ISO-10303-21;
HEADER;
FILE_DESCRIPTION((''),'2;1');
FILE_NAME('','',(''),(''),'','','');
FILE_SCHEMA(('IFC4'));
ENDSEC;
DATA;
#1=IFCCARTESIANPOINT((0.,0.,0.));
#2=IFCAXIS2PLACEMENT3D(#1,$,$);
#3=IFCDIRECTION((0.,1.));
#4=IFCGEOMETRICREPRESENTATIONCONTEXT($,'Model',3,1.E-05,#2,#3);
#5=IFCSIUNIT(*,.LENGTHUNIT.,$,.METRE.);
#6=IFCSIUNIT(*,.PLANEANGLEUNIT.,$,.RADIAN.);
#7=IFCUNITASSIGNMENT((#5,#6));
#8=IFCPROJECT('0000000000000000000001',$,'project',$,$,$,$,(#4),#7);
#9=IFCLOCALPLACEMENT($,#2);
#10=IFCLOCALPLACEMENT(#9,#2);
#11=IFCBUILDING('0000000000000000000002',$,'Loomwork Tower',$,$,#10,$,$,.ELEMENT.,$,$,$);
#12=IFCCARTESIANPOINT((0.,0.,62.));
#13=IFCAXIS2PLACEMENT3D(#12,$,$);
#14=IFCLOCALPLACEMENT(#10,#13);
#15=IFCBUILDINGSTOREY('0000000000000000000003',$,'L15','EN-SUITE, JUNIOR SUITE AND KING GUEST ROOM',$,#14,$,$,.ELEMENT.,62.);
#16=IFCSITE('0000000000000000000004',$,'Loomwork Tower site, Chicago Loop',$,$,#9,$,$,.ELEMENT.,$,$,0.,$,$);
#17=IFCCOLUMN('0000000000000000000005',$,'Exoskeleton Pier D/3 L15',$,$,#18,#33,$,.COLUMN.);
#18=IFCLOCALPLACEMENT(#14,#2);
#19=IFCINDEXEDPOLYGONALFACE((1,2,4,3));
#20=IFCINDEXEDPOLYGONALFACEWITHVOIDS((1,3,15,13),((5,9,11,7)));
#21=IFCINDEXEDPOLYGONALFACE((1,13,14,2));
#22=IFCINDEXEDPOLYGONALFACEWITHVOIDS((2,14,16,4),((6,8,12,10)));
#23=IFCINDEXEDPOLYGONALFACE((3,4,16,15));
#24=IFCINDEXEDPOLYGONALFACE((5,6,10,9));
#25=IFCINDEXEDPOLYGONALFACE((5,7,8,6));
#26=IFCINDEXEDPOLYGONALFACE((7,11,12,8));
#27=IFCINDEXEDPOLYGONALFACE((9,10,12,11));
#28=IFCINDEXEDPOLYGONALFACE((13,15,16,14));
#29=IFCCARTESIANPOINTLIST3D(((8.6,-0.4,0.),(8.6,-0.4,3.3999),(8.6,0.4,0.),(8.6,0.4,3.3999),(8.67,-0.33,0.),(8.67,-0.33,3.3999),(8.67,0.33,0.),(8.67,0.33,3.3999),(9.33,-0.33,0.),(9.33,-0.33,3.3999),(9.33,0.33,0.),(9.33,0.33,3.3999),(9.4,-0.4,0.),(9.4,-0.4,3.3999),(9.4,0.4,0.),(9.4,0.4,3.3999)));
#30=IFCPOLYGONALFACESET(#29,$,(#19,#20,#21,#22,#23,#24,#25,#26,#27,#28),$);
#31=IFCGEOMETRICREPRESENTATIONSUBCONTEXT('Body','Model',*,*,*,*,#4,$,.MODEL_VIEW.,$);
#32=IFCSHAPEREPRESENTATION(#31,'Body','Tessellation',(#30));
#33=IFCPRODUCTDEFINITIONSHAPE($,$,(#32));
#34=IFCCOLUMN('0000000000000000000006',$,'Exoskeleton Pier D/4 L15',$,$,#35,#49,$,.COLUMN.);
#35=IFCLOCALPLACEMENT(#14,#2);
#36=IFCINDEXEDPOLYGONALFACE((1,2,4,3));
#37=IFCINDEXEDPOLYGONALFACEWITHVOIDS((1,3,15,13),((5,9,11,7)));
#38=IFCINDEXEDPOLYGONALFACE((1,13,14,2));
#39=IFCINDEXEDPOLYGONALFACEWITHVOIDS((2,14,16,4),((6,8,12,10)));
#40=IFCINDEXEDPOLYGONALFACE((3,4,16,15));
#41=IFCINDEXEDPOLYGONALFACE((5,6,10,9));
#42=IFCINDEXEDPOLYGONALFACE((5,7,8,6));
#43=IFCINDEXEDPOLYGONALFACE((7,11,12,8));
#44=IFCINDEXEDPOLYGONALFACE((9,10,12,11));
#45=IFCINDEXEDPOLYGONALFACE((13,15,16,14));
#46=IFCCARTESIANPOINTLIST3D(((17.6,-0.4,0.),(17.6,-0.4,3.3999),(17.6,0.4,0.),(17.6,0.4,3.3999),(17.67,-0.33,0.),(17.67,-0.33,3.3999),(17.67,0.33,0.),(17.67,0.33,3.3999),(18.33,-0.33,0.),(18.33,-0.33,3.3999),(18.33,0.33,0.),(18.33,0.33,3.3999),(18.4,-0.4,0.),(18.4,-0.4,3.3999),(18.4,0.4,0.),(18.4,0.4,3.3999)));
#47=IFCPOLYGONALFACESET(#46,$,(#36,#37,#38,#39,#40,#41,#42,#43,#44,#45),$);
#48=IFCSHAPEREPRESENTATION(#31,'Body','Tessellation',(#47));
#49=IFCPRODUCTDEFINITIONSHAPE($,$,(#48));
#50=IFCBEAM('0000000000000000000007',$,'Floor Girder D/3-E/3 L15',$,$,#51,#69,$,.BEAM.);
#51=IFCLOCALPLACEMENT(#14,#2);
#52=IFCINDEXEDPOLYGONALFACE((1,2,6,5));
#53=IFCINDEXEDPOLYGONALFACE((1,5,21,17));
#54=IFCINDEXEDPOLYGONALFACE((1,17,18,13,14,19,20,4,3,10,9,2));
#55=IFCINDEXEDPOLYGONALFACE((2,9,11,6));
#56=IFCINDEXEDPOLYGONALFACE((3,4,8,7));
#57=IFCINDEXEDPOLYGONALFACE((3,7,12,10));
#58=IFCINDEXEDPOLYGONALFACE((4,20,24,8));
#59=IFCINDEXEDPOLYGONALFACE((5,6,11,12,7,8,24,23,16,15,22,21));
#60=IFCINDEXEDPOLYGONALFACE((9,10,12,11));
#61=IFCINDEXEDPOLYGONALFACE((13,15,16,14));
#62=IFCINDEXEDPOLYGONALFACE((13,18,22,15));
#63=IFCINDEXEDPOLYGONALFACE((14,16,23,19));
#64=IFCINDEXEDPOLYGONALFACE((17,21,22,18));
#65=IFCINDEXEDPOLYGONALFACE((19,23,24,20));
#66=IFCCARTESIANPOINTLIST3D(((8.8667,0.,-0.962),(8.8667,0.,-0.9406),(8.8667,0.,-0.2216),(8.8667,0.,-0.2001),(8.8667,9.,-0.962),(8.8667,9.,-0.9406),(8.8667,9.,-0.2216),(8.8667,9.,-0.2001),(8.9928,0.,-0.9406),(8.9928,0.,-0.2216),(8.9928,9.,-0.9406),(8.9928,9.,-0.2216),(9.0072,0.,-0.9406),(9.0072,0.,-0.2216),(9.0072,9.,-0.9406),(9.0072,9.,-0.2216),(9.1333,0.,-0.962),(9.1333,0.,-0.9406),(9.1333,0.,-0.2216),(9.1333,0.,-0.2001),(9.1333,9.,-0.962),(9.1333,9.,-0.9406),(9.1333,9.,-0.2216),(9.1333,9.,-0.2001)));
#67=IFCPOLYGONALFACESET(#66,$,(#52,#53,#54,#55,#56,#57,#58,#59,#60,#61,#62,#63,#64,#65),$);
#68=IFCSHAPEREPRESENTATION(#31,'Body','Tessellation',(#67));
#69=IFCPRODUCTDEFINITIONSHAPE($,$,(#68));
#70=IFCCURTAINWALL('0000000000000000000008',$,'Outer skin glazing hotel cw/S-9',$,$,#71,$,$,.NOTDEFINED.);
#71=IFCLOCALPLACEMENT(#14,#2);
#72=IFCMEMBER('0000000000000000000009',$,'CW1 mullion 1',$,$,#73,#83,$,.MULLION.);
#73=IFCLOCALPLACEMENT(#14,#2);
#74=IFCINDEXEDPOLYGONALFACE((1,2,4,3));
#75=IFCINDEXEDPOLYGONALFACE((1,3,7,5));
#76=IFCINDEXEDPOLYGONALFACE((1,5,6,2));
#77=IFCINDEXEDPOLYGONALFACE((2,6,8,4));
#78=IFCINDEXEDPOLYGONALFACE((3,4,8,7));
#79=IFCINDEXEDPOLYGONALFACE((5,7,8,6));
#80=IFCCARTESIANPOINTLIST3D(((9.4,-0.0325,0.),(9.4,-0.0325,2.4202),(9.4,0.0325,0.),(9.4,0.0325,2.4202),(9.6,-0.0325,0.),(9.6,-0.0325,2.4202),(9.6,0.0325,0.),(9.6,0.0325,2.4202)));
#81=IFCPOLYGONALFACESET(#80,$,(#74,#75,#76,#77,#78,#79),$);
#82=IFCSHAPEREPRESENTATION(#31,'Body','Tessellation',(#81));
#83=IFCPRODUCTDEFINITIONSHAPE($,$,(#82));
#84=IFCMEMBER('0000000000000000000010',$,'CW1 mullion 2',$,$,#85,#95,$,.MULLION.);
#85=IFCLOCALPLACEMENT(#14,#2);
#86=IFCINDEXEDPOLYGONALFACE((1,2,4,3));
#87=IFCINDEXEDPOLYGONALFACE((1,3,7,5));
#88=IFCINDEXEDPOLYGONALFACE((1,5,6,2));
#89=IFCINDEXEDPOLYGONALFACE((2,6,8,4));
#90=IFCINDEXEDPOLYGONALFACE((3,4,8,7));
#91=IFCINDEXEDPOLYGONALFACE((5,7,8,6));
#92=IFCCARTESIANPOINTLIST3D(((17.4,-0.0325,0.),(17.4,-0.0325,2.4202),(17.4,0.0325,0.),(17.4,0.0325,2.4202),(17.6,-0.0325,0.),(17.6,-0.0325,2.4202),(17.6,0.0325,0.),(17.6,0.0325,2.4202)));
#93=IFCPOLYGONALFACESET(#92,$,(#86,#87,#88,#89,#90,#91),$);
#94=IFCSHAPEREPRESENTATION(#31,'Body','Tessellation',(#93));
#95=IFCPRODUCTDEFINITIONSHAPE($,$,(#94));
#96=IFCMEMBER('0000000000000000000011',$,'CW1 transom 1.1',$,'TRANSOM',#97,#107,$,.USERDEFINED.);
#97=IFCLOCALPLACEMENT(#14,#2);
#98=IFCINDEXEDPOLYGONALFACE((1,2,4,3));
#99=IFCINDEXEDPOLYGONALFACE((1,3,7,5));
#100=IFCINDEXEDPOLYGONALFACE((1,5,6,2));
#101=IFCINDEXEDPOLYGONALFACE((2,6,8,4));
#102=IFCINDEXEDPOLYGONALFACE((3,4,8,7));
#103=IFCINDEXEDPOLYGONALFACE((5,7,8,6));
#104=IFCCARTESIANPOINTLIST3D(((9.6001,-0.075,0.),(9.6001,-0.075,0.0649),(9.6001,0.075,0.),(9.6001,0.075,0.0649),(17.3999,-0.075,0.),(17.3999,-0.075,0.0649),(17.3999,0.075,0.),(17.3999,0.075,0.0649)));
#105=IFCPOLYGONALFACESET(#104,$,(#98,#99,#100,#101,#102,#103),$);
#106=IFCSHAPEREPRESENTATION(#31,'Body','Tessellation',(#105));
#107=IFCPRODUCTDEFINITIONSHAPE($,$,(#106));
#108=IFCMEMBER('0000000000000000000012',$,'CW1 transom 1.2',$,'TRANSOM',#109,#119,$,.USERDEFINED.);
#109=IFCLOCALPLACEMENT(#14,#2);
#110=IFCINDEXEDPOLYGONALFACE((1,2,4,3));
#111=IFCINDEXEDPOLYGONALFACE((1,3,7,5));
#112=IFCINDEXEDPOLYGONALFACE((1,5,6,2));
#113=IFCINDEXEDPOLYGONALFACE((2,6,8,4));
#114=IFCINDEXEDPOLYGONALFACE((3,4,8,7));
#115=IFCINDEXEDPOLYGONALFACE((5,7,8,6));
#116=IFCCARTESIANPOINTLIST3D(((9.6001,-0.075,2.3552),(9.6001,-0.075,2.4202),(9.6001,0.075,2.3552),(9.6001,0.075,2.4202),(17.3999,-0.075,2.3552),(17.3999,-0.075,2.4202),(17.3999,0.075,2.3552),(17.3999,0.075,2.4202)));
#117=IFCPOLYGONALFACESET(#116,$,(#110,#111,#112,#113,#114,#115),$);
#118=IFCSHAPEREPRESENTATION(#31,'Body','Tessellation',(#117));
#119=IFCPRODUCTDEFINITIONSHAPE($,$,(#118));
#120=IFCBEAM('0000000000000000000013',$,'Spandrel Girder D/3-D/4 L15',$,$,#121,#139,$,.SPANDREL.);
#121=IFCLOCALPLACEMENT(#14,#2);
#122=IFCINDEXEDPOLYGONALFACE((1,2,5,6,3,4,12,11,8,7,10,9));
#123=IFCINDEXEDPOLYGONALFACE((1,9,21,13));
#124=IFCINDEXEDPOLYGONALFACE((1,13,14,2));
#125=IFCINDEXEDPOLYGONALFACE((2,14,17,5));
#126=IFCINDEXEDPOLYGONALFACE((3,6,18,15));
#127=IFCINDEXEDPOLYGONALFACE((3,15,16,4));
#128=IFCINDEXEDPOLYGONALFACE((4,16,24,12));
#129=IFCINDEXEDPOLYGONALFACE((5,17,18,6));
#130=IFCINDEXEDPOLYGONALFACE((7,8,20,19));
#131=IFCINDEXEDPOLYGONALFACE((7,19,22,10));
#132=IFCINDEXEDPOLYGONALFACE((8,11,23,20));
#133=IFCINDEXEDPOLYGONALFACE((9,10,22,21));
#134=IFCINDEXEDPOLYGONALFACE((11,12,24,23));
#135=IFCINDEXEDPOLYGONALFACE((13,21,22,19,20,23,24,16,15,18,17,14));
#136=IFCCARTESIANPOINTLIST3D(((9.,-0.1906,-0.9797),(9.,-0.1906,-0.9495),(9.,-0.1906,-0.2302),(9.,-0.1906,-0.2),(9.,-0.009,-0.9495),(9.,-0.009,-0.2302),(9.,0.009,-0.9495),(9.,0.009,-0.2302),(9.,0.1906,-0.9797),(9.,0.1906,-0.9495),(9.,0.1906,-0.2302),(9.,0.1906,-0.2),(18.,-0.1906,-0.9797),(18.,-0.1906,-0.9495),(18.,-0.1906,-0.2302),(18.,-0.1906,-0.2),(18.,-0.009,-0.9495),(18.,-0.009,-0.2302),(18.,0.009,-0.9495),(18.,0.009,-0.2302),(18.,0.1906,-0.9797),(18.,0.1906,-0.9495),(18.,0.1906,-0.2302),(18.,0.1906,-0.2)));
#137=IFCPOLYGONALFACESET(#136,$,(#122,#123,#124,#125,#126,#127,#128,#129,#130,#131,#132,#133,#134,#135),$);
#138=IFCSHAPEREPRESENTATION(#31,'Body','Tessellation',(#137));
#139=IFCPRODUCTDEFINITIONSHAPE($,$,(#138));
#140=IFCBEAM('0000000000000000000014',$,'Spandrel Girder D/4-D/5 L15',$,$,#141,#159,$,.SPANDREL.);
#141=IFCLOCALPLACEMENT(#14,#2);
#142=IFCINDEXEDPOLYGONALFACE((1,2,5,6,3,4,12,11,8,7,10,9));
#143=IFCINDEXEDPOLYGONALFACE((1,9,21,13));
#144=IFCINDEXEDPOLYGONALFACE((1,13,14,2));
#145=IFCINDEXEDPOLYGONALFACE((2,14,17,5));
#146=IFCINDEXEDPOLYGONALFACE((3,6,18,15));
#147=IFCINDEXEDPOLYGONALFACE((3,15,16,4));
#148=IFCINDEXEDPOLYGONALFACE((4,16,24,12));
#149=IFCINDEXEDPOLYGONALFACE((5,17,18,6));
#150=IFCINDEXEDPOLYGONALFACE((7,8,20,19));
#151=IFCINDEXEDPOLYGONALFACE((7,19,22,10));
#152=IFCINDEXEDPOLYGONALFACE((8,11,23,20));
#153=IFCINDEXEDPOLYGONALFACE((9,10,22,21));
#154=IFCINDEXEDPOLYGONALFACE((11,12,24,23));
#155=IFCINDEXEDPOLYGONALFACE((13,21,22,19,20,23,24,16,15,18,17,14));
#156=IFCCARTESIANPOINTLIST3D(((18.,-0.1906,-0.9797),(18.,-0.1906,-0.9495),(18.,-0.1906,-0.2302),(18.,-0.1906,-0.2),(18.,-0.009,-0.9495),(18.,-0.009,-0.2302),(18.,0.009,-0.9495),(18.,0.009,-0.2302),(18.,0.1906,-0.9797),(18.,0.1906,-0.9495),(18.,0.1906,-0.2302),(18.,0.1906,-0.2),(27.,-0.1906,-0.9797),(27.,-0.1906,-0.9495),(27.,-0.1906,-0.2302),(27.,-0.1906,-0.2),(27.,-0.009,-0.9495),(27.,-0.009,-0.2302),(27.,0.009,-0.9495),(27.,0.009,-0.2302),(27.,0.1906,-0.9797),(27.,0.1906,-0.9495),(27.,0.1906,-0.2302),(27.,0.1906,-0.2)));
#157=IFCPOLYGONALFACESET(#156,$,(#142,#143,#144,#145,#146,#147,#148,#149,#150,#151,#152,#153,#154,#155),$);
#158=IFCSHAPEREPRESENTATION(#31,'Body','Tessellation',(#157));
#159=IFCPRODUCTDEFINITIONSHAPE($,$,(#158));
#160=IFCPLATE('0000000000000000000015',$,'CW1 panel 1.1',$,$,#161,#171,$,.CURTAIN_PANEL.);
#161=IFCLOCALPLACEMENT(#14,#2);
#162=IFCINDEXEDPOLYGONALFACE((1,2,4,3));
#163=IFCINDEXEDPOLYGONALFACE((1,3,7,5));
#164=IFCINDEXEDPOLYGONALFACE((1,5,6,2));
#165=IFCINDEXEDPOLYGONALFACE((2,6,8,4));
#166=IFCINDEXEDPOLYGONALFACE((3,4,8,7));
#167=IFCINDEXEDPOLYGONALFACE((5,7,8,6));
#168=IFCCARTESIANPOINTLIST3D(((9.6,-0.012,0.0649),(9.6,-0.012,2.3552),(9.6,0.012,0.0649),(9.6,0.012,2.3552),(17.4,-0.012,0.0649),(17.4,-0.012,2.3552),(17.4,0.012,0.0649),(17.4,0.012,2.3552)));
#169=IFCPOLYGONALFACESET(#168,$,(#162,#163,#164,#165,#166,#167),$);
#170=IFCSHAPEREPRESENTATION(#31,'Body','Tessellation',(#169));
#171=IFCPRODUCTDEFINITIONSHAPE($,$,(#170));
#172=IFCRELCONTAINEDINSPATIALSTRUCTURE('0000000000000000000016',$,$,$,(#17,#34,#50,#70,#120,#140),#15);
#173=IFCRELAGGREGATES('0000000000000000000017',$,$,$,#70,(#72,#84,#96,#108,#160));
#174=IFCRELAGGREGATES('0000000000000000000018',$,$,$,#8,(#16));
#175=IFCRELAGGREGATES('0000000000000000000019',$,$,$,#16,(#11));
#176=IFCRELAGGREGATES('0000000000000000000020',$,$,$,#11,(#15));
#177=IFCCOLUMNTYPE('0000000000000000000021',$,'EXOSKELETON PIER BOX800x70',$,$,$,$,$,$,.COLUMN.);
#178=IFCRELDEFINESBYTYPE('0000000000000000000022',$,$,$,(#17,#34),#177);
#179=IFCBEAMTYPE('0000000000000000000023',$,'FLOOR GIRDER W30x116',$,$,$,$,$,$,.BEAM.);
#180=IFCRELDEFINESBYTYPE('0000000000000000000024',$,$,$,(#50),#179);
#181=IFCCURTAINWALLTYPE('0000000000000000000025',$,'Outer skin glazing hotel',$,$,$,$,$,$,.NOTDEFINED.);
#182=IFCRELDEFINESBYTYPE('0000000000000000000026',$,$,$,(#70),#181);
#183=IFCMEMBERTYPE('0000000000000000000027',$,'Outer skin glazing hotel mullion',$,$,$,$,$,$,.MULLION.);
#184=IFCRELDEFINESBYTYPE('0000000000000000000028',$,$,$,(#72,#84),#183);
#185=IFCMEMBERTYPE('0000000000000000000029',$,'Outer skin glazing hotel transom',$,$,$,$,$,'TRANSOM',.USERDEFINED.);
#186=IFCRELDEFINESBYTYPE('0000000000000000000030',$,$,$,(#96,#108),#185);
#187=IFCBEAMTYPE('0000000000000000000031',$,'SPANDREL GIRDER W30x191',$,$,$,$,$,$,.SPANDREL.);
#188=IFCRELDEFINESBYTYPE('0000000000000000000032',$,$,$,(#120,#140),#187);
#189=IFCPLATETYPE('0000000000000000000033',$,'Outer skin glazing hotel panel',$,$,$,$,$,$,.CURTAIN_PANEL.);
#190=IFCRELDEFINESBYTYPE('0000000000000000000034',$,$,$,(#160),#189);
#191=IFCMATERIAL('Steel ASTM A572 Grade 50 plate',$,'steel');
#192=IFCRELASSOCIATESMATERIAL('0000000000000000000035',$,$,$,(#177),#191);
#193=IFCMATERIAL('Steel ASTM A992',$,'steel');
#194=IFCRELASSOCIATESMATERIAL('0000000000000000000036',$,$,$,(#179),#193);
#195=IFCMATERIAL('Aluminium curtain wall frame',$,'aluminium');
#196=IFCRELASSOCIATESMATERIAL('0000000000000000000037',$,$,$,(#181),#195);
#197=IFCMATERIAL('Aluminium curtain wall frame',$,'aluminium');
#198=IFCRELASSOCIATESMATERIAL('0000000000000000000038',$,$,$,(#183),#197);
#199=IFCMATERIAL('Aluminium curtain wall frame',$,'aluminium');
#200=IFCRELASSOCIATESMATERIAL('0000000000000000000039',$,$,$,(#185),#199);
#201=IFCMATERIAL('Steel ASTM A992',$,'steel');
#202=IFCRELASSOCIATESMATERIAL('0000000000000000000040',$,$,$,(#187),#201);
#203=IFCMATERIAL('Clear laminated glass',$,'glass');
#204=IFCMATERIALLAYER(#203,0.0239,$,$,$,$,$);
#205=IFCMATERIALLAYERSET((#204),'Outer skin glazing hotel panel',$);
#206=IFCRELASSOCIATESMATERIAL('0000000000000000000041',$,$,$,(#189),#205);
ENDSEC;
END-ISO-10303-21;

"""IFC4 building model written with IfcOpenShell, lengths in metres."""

from ifc_helpers import new_model, si_unit, direction, frame, origin, origin_2d, place, context, subcontext, project, spatial, rectangle, hollow_rectangle, i_section, extrude, material, layer, layer_set, material_profile, profile_set, type_object, element, aggregate, save


model = new_model("IFC4")

# Units and contexts
model_context = context("Model", 3, precision=1e-05, world=origin(), true_north=direction((0.0, 1.0)))
body_context = subcontext(model_context, "Body", "Model", "MODEL_VIEW")
ifc_project = project(units=[si_unit("LENGTHUNIT", "METRE"), si_unit("PLANEANGLEUNIT", "RADIAN")], contexts=[model_context])

# Site, building, storey
site_placement = place(None, origin())
site = spatial("IfcSite", under=ifc_project, at=site_placement, Name="Loomwork Tower site, Chicago Loop", CompositionType="ELEMENT", RefElevation=0.0)
building_placement = place(site_placement, origin())
building = spatial("IfcBuilding", under=site, at=building_placement, Name="Loomwork Tower", CompositionType="ELEMENT")
storey_placement = place(building_placement, frame((0.0, 0.0, 62.0)))
storey = spatial("IfcBuildingStorey", under=building, at=storey_placement, Name="L15", Description="EN-SUITE, JUNIOR SUITE AND KING GUEST ROOM", CompositionType="ELEMENT", Elevation=62.0)

# Columns
ifc_material_1 = material(Name="Steel ASTM A572 Grade 50 plate", Category="steel")
ifc_material_profile_1 = material_profile(ifc_material_1, hollow_rectangle(XDim=0.8, YDim=0.8, WallThickness=0.0701, at=origin_2d()), Name="BOX800x70")
ifc_profile_set_1 = profile_set([ifc_material_profile_1], Name="Steel ASTM A572 Grade 50 plate")
column_type = type_object("IfcColumnType", Name="EXOSKELETON PIER BOX800x70", PredefinedType="COLUMN", material=ifc_profile_set_1)
for number, where, z_axis, x_axis, name in (
    (1, (9.0, 0.0, 0.0), (0.0, 0.0, 1.0), (1.0, 0.0, 0.0), "Exoskeleton Pier D/3 L15"),
    (2, (18.0, 0.0, 0.0), (0.0, 0.0, 1.0), (1.0, 0.0, 0.0), "Exoskeleton Pier D/4 L15"),
):
    element("IfcColumn", number, at=place(storey_placement, frame(where, z_axis=z_axis, x_axis=x_axis)), inside=storey, type_object=column_type, Name=name, PredefinedType="COLUMN", context=body_context, shape_type="SweptSolid", body=[
        extrude(hollow_rectangle(XDim=0.8, YDim=0.8, WallThickness=0.0701, at=origin_2d()), origin(), (0.0, 0.0, 1.0), 3.3999),
    ])

# Beam
ifc_material_2 = material(Name="Steel ASTM A992", Category="steel")
ifc_material_profile_2 = material_profile(ifc_material_2, i_section(OverallWidth=0.2666, OverallDepth=0.762, WebThickness=0.0144, FlangeThickness=0.0215, at=origin_2d()), Name="W30x116")
ifc_profile_set_2 = profile_set([ifc_material_profile_2], Name="Steel ASTM A992")
beam_type_1 = type_object("IfcBeamType", Name="FLOOR GIRDER W30x116", PredefinedType="BEAM", material=ifc_profile_set_2)
beam_placement = place(storey_placement, frame((9.0, 0.0, -0.5811), z_axis=(0.0, 1.0, 0.0), x_axis=(-1.0, 0.0, 0.0)))
element("IfcBeam", 3, at=beam_placement, inside=storey, type_object=beam_type_1, Name="Floor Girder D/3-E/3 L15", PredefinedType="BEAM", context=body_context, shape_type="SweptSolid", body=[
    extrude(i_section(OverallWidth=0.2666, OverallDepth=0.762, WebThickness=0.0144, FlangeThickness=0.0215, at=origin_2d()), origin(), (0.0, 0.0, 1.0), 9.0),
])

# Curtain wall, members
ifc_material_3 = material(Name="Aluminium curtain wall frame", Category="aluminium")
curtain_wall_type = type_object("IfcCurtainWallType", Name="Outer skin glazing hotel", PredefinedType="NOTDEFINED", material=ifc_material_3)
curtain_wall_placement = place(storey_placement, origin())
curtain_wall = element("IfcCurtainWall", 4, at=curtain_wall_placement, inside=storey, type_object=curtain_wall_type, Name="Outer skin glazing hotel cw/S-9", PredefinedType="NOTDEFINED")
ifc_material_4 = material(Name="Aluminium curtain wall frame", Category="aluminium")
ifc_material_profile_3 = material_profile(ifc_material_4, rectangle(XDim=0.0649, YDim=0.2, at=origin_2d()), Name="AL 65x200")
ifc_profile_set_3 = profile_set([ifc_material_profile_3], Name="Aluminium curtain wall frame")
member_type_1 = type_object("IfcMemberType", Name="Outer skin glazing hotel mullion", PredefinedType="MULLION", material=ifc_profile_set_3)
member_1_placement = place(storey_placement, frame((9.5, 0.0, 0.0), z_axis=(0.0, 0.0, 1.0), x_axis=(0.0, 1.0, 0.0)))
member_1 = element("IfcMember", 5, at=member_1_placement, type_object=member_type_1, Name="CW1 mullion 1", PredefinedType="MULLION", context=body_context, shape_type="SweptSolid", body=[
    extrude(rectangle(XDim=0.0649, YDim=0.2, at=origin_2d()), origin(), (0.0, 0.0, 1.0), 2.4202),
])
member_2_placement = place(storey_placement, frame((17.5, 0.0, 0.0), z_axis=(0.0, 0.0, 1.0), x_axis=(0.0, 1.0, 0.0)))
member_2 = element("IfcMember", 6, at=member_2_placement, type_object=member_type_1, Name="CW1 mullion 2", PredefinedType="MULLION", context=body_context, shape_type="SweptSolid", body=[
    extrude(rectangle(XDim=0.0649, YDim=0.2, at=origin_2d()), origin(), (0.0, 0.0, 1.0), 2.4202),
])
ifc_material_5 = material(Name="Aluminium curtain wall frame", Category="aluminium")
ifc_material_profile_4 = material_profile(ifc_material_5, rectangle(XDim=0.1499, YDim=0.0649, at=origin_2d()), Name="AL 65x150")
ifc_profile_set_4 = profile_set([ifc_material_profile_4], Name="Aluminium curtain wall frame")
member_type_2 = type_object("IfcMemberType", Name="Outer skin glazing hotel transom", ElementType="TRANSOM", PredefinedType="USERDEFINED", material=ifc_profile_set_4)
member_3_placement = place(storey_placement, frame((9.6001, 0.0, 0.0325), z_axis=(1.0, 0.0, 0.0), x_axis=(0.0, 1.0, 0.0)))
member_3 = element("IfcMember", 7, at=member_3_placement, type_object=member_type_2, Name="CW1 transom 1.1", ObjectType="TRANSOM", PredefinedType="USERDEFINED", context=body_context, shape_type="SweptSolid", body=[
    extrude(rectangle(XDim=0.1499, YDim=0.0649, at=origin_2d()), origin(), (0.0, 0.0, 1.0), 7.7998),
])
member_4_placement = place(storey_placement, frame((9.6001, 0.0, 2.3877), z_axis=(1.0, 0.0, 0.0), x_axis=(0.0, 1.0, 0.0)))
member_4 = element("IfcMember", 8, at=member_4_placement, type_object=member_type_2, Name="CW1 transom 1.2", ObjectType="TRANSOM", PredefinedType="USERDEFINED", context=body_context, shape_type="SweptSolid", body=[
    extrude(rectangle(XDim=0.1499, YDim=0.0649, at=origin_2d()), origin(), (0.0, 0.0, 1.0), 7.7998),
])

# Beams
ifc_material_6 = material(Name="Steel ASTM A992", Category="steel")
ifc_material_profile_5 = material_profile(ifc_material_6, i_section(OverallWidth=0.3811, OverallDepth=0.7798, WebThickness=0.0181, FlangeThickness=0.0303, at=origin_2d()), Name="W30x191")
ifc_profile_set_5 = profile_set([ifc_material_profile_5], Name="Steel ASTM A992")
beam_type_2 = type_object("IfcBeamType", Name="SPANDREL GIRDER W30x191", PredefinedType="SPANDREL", material=ifc_profile_set_5)
for number, where, z_axis, x_axis, name in (
    (9, (9.0, 0.0, -0.5898), (1.0, 0.0, 0.0), (0.0, 1.0, 0.0), "Spandrel Girder D/3-D/4 L15"),
    (10, (18.0, 0.0, -0.5898), (1.0, 0.0, 0.0), (0.0, 1.0, 0.0), "Spandrel Girder D/4-D/5 L15"),
):
    element("IfcBeam", number, at=place(storey_placement, frame(where, z_axis=z_axis, x_axis=x_axis)), inside=storey, type_object=beam_type_2, Name=name, PredefinedType="SPANDREL", context=body_context, shape_type="SweptSolid", body=[
        extrude(i_section(OverallWidth=0.3811, OverallDepth=0.7798, WebThickness=0.0181, FlangeThickness=0.0303, at=origin_2d()), origin(), (0.0, 0.0, 1.0), 9.0),
    ])

# Plate
ifc_material_7 = material(Name="Clear laminated glass", Category="glass")
ifc_layer_1 = layer(ifc_material_7, 0.0239)
ifc_layer_set_1 = layer_set([ifc_layer_1], Name="Outer skin glazing hotel panel")
plate_type = type_object("IfcPlateType", Name="Outer skin glazing hotel panel", PredefinedType="CURTAIN_PANEL", material=ifc_layer_set_1)
plate_placement = place(storey_placement, frame((13.5, 0.0, 0.0649), z_axis=(0.0, 0.0, 1.0), x_axis=(1.0, 0.0, 0.0)))
plate = element("IfcPlate", 11, at=plate_placement, type_object=plate_type, Name="CW1 panel 1.1", PredefinedType="CURTAIN_PANEL", context=body_context, shape_type="SweptSolid", body=[
    extrude(rectangle(XDim=7.8, YDim=0.0239, at=origin_2d()), origin(), (0.0, 0.0, 1.0), 2.2903),
])
aggregate(curtain_wall, [member_1, member_2, member_3, member_4, plate])

save(model, "model.ifc")
